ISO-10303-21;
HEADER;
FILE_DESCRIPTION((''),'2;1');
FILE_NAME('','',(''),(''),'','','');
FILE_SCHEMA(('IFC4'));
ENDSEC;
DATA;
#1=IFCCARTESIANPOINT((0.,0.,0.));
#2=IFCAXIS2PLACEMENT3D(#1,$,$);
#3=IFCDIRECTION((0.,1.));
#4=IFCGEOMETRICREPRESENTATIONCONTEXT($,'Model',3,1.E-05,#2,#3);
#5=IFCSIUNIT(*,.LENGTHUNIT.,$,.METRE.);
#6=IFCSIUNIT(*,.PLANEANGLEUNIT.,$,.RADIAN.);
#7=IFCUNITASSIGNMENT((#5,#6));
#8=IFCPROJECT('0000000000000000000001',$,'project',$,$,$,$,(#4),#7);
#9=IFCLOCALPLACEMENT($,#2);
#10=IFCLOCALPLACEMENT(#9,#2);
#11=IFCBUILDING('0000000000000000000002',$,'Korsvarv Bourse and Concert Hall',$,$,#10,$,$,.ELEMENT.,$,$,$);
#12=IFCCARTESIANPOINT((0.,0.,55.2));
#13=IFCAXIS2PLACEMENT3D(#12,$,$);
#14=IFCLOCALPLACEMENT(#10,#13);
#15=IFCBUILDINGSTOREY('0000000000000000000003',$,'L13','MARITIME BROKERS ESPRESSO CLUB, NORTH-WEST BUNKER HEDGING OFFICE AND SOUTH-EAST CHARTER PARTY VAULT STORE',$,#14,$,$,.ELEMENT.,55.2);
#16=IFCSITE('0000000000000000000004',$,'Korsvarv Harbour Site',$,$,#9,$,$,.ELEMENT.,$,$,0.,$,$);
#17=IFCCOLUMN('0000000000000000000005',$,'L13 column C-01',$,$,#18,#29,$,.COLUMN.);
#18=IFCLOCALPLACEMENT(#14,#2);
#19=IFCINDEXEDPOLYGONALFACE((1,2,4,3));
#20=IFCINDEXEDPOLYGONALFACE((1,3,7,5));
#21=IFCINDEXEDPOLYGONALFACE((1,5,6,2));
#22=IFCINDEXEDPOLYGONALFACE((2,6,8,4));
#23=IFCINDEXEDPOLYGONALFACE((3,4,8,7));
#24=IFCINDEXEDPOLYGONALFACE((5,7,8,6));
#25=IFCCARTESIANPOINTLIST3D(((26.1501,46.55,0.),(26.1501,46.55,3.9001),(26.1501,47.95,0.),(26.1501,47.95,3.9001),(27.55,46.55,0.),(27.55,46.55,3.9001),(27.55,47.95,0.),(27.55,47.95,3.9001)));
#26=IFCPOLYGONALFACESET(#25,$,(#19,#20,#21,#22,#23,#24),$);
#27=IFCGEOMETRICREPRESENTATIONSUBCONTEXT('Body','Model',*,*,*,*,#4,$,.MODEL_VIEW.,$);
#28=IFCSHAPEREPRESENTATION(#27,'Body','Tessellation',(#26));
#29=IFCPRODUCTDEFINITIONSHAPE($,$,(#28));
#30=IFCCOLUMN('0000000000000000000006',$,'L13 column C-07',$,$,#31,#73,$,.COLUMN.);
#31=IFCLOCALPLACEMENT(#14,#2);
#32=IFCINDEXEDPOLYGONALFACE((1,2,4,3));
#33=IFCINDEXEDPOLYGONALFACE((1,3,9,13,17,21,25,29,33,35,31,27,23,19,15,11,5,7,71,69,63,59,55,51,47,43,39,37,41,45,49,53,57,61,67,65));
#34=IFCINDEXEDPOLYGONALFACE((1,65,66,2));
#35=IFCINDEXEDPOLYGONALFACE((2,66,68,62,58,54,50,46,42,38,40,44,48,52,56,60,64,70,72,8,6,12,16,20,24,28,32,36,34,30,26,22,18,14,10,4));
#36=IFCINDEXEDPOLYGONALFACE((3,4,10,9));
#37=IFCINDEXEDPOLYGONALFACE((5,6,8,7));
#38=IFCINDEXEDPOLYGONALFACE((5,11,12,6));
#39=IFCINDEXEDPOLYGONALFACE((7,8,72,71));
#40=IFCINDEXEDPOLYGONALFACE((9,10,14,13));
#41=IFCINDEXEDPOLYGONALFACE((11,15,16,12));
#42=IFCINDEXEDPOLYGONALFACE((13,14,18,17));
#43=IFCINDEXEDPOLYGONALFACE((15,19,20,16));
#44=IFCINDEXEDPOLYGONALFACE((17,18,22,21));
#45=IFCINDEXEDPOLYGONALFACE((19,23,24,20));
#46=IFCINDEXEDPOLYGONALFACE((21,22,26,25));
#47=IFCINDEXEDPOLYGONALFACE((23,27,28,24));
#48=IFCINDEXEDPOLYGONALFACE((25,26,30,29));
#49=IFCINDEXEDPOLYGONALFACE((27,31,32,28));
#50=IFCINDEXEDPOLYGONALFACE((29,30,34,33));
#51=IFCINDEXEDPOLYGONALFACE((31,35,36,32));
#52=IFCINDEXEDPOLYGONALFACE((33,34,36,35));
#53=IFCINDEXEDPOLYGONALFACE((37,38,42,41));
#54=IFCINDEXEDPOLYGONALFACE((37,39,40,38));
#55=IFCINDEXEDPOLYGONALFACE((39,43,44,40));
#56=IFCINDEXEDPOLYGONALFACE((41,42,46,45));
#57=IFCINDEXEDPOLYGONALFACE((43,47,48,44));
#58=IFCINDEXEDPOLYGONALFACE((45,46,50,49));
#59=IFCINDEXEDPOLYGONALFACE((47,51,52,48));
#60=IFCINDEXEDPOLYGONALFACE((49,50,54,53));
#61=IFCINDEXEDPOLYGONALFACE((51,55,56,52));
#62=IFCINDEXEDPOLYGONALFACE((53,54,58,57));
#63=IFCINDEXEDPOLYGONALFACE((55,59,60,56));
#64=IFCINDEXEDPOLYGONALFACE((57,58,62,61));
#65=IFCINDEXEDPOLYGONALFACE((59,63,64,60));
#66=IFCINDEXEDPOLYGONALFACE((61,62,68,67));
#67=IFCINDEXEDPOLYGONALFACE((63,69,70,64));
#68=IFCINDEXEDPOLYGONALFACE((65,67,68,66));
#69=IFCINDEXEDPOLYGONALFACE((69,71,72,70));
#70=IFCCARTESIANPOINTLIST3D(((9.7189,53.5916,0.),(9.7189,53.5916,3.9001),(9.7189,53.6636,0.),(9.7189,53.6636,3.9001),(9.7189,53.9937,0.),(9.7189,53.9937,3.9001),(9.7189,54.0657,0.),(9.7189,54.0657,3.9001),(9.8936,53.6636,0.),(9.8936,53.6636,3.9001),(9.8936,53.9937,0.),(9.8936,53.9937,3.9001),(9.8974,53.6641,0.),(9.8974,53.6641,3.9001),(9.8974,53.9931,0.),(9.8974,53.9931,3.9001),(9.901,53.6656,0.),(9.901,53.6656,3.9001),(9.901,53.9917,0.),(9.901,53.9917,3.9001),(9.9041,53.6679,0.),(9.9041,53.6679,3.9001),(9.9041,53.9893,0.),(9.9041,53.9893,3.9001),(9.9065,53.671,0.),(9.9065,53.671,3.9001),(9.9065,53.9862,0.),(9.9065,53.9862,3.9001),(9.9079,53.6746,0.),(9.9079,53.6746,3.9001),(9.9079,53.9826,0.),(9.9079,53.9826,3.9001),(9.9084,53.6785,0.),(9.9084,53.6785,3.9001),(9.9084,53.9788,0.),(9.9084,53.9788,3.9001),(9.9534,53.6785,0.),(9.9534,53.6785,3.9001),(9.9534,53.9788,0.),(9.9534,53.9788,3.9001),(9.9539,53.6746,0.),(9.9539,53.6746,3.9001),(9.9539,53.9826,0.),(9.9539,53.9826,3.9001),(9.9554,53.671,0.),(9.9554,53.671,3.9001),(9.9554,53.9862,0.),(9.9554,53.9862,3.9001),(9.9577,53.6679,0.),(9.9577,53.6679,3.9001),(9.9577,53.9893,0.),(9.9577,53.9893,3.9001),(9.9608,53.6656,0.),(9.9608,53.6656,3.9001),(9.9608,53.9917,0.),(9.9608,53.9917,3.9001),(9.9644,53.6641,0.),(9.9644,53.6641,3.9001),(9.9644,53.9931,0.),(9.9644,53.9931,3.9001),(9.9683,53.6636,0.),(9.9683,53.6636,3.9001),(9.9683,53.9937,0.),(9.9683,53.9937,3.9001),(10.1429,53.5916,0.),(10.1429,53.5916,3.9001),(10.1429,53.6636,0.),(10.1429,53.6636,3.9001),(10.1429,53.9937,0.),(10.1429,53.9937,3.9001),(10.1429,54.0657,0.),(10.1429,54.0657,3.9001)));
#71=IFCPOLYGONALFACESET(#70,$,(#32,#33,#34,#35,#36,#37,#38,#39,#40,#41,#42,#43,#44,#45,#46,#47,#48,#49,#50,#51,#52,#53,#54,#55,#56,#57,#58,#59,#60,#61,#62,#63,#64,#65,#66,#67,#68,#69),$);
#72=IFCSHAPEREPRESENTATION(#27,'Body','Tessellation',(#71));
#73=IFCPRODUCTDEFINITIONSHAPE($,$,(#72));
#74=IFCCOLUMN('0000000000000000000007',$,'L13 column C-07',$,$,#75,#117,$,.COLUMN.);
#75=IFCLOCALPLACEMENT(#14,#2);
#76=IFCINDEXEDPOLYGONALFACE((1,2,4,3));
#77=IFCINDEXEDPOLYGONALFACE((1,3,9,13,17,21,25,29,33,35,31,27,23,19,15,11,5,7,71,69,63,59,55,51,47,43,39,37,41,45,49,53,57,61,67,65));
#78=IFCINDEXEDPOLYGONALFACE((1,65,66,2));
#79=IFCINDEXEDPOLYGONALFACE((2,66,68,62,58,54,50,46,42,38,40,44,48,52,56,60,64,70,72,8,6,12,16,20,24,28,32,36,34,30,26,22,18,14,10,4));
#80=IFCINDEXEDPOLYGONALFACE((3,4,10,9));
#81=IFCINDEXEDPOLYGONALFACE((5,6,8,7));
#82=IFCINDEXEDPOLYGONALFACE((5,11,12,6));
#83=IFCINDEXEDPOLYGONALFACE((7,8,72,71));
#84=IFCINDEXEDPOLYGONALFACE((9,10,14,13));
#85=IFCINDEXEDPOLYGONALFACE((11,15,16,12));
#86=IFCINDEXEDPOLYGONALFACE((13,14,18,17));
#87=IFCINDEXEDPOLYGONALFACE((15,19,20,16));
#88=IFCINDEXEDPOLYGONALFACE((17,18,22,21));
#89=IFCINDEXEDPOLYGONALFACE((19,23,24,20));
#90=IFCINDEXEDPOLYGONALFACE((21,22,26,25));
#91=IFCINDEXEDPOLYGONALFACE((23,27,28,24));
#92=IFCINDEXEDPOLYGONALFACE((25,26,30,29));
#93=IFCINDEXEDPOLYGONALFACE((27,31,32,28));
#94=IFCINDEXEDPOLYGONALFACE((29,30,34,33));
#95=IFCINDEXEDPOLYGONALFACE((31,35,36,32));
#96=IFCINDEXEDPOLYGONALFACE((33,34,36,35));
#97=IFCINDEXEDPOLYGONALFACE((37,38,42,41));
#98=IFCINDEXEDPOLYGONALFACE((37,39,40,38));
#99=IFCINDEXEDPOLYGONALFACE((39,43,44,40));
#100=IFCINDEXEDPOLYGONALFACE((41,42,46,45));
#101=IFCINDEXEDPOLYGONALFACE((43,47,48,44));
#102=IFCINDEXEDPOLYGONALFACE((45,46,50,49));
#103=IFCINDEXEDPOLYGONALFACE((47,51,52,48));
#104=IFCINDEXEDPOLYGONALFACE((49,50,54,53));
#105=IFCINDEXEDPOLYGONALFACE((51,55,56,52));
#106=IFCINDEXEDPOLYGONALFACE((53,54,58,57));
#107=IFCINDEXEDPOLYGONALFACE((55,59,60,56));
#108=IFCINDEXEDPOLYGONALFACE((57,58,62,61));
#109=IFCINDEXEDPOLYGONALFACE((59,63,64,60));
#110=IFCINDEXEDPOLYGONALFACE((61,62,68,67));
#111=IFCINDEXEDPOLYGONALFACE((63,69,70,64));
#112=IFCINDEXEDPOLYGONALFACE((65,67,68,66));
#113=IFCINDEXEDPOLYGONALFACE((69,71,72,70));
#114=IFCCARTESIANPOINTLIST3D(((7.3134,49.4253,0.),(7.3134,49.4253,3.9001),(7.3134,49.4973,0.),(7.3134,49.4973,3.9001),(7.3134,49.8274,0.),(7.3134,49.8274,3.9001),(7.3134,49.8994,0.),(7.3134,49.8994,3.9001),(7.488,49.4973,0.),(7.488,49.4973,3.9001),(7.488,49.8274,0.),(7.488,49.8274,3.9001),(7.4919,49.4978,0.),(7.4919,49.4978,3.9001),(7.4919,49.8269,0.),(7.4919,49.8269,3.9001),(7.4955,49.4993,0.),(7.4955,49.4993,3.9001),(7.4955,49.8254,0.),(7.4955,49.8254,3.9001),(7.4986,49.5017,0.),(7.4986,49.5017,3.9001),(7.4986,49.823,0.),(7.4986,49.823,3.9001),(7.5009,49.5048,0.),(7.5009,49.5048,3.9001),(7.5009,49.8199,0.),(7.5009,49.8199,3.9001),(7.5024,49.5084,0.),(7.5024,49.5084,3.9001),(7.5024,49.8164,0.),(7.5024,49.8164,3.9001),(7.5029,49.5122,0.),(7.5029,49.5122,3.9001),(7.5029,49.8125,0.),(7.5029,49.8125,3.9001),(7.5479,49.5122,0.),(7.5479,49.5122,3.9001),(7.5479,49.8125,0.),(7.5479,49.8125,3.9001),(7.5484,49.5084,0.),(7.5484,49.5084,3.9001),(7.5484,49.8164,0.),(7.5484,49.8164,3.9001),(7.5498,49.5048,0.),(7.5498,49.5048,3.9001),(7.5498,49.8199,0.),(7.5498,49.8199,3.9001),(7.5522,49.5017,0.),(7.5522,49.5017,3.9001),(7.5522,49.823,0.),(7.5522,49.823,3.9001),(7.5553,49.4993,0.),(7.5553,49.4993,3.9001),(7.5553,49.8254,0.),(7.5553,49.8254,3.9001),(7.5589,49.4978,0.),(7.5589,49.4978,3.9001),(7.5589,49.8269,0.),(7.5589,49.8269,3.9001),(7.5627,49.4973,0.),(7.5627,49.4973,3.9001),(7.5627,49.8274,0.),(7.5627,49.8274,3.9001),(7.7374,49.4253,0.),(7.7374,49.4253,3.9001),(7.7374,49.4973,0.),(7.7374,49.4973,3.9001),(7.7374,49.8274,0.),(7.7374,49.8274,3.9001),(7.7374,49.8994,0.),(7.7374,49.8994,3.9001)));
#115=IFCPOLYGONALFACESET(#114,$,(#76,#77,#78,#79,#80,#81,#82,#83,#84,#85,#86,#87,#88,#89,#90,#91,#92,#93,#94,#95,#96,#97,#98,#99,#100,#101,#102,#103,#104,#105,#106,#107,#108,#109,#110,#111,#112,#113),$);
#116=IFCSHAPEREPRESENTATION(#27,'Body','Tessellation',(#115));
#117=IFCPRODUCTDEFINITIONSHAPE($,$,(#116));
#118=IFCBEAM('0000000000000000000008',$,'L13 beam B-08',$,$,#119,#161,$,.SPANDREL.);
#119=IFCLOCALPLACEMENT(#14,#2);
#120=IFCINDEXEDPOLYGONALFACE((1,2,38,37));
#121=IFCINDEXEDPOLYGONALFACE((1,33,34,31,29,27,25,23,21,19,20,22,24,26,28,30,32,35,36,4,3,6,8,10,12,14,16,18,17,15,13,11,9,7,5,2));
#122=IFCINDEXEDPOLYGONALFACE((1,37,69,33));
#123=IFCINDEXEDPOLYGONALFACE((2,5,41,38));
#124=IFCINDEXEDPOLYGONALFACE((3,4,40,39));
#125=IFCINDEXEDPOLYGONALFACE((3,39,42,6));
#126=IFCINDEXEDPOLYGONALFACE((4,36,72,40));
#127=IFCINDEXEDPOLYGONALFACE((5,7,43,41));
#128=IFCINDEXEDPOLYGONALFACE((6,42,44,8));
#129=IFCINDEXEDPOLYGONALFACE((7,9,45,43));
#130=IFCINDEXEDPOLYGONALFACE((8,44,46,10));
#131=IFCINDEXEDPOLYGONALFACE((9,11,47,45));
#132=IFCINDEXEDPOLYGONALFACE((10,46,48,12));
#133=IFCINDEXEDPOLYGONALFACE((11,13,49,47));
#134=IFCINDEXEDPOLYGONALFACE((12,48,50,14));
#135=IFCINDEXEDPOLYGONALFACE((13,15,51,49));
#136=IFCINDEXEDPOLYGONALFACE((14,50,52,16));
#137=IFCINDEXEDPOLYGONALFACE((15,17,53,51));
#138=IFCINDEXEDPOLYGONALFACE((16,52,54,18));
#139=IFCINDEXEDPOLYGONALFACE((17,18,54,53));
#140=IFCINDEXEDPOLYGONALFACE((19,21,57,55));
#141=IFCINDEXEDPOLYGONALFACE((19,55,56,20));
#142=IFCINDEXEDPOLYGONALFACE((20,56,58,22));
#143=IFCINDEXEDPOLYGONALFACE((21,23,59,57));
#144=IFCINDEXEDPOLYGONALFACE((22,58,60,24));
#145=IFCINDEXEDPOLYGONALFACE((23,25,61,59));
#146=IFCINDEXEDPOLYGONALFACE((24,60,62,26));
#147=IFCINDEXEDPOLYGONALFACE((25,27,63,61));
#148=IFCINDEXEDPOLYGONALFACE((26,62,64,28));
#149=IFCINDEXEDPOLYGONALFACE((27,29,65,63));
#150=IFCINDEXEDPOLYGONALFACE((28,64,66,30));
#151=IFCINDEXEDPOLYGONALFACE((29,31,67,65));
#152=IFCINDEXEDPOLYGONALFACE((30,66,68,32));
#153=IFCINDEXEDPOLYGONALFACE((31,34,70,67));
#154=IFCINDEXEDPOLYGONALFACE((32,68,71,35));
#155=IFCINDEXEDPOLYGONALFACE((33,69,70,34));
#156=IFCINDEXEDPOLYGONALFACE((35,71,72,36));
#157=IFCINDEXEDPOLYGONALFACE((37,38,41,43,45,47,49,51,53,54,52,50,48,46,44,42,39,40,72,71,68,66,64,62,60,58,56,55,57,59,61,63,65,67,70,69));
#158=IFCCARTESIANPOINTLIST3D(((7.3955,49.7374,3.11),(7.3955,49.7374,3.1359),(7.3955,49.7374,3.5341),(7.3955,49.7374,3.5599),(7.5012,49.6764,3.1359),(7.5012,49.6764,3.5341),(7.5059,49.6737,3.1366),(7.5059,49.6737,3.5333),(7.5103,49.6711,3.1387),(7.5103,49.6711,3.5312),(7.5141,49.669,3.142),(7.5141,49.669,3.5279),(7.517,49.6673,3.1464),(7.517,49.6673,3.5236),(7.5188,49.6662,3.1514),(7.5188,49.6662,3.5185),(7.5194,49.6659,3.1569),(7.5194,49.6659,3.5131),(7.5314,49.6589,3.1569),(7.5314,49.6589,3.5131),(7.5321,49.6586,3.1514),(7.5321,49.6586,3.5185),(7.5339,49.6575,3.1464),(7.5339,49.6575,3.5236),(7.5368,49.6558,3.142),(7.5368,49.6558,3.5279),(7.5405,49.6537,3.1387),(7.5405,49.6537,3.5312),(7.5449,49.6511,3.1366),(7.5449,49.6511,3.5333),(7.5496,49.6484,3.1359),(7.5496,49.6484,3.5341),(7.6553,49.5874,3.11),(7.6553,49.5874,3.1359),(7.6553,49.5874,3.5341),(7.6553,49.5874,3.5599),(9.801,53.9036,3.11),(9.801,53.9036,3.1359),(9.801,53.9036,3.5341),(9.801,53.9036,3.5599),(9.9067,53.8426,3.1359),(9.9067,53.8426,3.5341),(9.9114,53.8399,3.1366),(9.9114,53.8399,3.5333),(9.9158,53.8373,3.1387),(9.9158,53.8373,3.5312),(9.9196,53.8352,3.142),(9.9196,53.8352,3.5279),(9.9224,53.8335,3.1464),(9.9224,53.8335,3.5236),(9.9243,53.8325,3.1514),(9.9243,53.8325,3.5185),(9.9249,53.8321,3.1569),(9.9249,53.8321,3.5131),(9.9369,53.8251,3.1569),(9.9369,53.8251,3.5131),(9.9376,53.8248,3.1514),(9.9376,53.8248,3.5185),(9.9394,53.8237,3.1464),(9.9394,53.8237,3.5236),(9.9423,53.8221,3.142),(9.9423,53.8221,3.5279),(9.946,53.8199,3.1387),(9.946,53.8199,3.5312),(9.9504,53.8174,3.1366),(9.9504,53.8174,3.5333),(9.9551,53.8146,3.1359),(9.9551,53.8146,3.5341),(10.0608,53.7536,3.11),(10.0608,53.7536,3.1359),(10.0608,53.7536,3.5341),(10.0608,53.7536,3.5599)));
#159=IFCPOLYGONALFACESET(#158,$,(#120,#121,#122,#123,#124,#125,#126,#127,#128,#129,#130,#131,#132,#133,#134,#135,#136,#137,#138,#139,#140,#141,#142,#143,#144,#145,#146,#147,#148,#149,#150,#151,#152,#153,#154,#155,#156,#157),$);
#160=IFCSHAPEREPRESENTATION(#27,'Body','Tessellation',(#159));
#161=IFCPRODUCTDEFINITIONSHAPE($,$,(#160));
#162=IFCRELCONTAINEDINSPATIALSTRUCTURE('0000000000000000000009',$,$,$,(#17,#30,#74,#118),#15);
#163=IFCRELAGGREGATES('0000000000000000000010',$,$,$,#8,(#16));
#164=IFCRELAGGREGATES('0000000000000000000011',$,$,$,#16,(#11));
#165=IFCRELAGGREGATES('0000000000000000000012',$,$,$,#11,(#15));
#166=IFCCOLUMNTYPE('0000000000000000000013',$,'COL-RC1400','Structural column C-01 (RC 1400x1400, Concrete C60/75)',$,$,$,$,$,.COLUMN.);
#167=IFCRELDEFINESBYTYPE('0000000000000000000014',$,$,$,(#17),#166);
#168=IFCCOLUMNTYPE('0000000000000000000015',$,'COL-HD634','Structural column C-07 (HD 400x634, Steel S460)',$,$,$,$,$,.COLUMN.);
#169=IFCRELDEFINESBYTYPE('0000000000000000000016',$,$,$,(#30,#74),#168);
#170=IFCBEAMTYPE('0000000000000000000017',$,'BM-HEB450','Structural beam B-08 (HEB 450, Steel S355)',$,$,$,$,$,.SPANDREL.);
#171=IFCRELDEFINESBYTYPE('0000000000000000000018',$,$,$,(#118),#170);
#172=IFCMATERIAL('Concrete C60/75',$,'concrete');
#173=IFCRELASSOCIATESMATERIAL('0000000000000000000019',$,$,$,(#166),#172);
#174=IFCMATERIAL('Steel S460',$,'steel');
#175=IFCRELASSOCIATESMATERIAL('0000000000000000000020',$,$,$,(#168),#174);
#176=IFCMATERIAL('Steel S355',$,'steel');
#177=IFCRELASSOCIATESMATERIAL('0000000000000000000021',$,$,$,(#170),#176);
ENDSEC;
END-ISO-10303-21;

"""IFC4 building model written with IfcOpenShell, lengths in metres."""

from ifc_helpers import new_model, si_unit, direction, frame, origin, origin_2d, place, context, subcontext, project, spatial, rectangle, i_section, extrude, source, transform, mapped, material, material_profile, profile_set, type_object, element, save


model = new_model("IFC4")

# Units and contexts
model_context = context("Model", 3, precision=1e-05, world=origin(), true_north=direction((0.0, 1.0)))
body_context = subcontext(model_context, "Body", "Model", "MODEL_VIEW")
ifc_project = project(units=[si_unit("LENGTHUNIT", "METRE"), si_unit("PLANEANGLEUNIT", "RADIAN")], contexts=[model_context])

# Site, building, storey
site_placement = place(None, origin())
site = spatial("IfcSite", under=ifc_project, at=site_placement, Name="Korsvarv Harbour Site", CompositionType="ELEMENT", RefElevation=0.0)
building_placement = place(site_placement, origin())
building = spatial("IfcBuilding", under=site, at=building_placement, Name="Korsvarv Bourse and Concert Hall", CompositionType="ELEMENT")
storey_placement = place(building_placement, frame((0.0, 0.0, 55.2)))
storey = spatial("IfcBuildingStorey", under=building, at=storey_placement, Name="L13", Description="MARITIME BROKERS ESPRESSO CLUB, NORTH-WEST BUNKER HEDGING OFFICE AND SOUTH-EAST CHARTER PARTY VAULT STORE", CompositionType="ELEMENT", Elevation=55.2)

# Columns
ifc_material_1 = material(Name="Concrete C60/75", Category="concrete")
ifc_material_profile_1 = material_profile(ifc_material_1, rectangle(XDim=1.3999, YDim=1.3999, at=origin_2d()), Name="RC 1400x1400")
ifc_profile_set_1 = profile_set([ifc_material_profile_1], Name="Concrete C60/75")
column_type_1 = type_object("IfcColumnType", Name="COL-RC1400", Description="Structural column C-01 (RC 1400x1400, Concrete C60/75)", PredefinedType="COLUMN", material=ifc_profile_set_1)
shared_shape_1 = source(origin(), body_context, "Body", "SweptSolid", [
    extrude(rectangle(XDim=1.3999, YDim=1.3999, at=origin_2d()), origin(), (0.0, 0.0, 1.0), 3.9001),
])
column_placement = place(storey_placement, frame((26.8501, 47.25, 0.0), z_axis=(0.0, 0.0, 1.0), x_axis=(1.0, 0.0, 0.0)))
element("IfcColumn", 1, at=column_placement, inside=storey, type_object=column_type_1, Name="L13 column C-01", PredefinedType="COLUMN", context=body_context, shape_type="MappedRepresentation", body=[
    mapped(shared_shape_1, transform((0.0, 0.0, 0.0), scale=1.0)),
])
ifc_material_2 = material(Name="Steel S460", Category="steel")
ifc_material_profile_2 = material_profile(ifc_material_2, i_section(OverallWidth=0.4241, OverallDepth=0.4741, WebThickness=0.0449, FlangeThickness=0.072, FilletRadius=0.0149, at=origin_2d()), Name="HD 400x634")
ifc_profile_set_2 = profile_set([ifc_material_profile_2], Name="Steel S460")
column_type_2 = type_object("IfcColumnType", Name="COL-HD634", Description="Structural column C-07 (HD 400x634, Steel S460)", PredefinedType="COLUMN", material=ifc_profile_set_2)
shared_shape_2 = source(origin(), body_context, "Body", "SweptSolid", [
    extrude(i_section(OverallWidth=0.4241, OverallDepth=0.4741, WebThickness=0.0449, FlangeThickness=0.072, FilletRadius=0.0149, at=origin_2d()), origin(), (0.0, 0.0, 1.0), 3.9001),
])
for number, where, z_axis, x_axis, name in (
    (2, (9.9309, 53.8286, 0.0), (0.0, 0.0, 1.0), (1.0, 0.0, 0.0), "L13 column C-07"),
    (3, (7.5254, 49.6624, 0.0), (0.0, 0.0, 1.0), (1.0, 0.0, 0.0), "L13 column C-07"),
):
    element("IfcColumn", number, at=place(storey_placement, frame(where, z_axis=z_axis, x_axis=x_axis)), inside=storey, type_object=column_type_2, Name=name, PredefinedType="COLUMN", context=body_context, shape_type="MappedRepresentation", body=[
        mapped(shared_shape_2, transform((0.0, 0.0, 0.0), scale=1.0)),
    ])

# Beam
ifc_material_3 = material(Name="Steel S355", Category="steel")
ifc_material_profile_3 = material_profile(ifc_material_3, i_section(OverallWidth=0.3, OverallDepth=0.45, WebThickness=0.0139, FlangeThickness=0.0259, FilletRadius=0.021, at=origin_2d()), Name="HEB 450")
ifc_profile_set_3 = profile_set([ifc_material_profile_3], Name="Steel S355")
beam_type_1 = type_object("IfcBeamType", Name="BM-HEB450", Description="Structural beam B-08 (HEB 450, Steel S355)", PredefinedType="SPANDREL", material=ifc_profile_set_3)
shared_shape_3 = source(origin(), body_context, "Body", "SweptSolid", [
    extrude(i_section(OverallWidth=0.3, OverallDepth=0.45, WebThickness=0.0139, FlangeThickness=0.0259, FilletRadius=0.021, at=origin_2d()), origin(), (0.0, 0.0, 1.0), 4.8108),
])
beam_1_placement = place(storey_placement, frame((9.9309, 53.8286, 3.335), z_axis=(-0.50002, -0.866014, 0.0), x_axis=(0.866014, -0.50002, 0.0)))
element("IfcBeam", 4, at=beam_1_placement, inside=storey, type_object=beam_type_1, Name="L13 beam B-08", PredefinedType="SPANDREL", context=body_context, shape_type="MappedRepresentation", body=[
    mapped(shared_shape_3, transform((0.0, 0.0, 0.0), scale=1.0)),
])

save(model, "model.ifc")
